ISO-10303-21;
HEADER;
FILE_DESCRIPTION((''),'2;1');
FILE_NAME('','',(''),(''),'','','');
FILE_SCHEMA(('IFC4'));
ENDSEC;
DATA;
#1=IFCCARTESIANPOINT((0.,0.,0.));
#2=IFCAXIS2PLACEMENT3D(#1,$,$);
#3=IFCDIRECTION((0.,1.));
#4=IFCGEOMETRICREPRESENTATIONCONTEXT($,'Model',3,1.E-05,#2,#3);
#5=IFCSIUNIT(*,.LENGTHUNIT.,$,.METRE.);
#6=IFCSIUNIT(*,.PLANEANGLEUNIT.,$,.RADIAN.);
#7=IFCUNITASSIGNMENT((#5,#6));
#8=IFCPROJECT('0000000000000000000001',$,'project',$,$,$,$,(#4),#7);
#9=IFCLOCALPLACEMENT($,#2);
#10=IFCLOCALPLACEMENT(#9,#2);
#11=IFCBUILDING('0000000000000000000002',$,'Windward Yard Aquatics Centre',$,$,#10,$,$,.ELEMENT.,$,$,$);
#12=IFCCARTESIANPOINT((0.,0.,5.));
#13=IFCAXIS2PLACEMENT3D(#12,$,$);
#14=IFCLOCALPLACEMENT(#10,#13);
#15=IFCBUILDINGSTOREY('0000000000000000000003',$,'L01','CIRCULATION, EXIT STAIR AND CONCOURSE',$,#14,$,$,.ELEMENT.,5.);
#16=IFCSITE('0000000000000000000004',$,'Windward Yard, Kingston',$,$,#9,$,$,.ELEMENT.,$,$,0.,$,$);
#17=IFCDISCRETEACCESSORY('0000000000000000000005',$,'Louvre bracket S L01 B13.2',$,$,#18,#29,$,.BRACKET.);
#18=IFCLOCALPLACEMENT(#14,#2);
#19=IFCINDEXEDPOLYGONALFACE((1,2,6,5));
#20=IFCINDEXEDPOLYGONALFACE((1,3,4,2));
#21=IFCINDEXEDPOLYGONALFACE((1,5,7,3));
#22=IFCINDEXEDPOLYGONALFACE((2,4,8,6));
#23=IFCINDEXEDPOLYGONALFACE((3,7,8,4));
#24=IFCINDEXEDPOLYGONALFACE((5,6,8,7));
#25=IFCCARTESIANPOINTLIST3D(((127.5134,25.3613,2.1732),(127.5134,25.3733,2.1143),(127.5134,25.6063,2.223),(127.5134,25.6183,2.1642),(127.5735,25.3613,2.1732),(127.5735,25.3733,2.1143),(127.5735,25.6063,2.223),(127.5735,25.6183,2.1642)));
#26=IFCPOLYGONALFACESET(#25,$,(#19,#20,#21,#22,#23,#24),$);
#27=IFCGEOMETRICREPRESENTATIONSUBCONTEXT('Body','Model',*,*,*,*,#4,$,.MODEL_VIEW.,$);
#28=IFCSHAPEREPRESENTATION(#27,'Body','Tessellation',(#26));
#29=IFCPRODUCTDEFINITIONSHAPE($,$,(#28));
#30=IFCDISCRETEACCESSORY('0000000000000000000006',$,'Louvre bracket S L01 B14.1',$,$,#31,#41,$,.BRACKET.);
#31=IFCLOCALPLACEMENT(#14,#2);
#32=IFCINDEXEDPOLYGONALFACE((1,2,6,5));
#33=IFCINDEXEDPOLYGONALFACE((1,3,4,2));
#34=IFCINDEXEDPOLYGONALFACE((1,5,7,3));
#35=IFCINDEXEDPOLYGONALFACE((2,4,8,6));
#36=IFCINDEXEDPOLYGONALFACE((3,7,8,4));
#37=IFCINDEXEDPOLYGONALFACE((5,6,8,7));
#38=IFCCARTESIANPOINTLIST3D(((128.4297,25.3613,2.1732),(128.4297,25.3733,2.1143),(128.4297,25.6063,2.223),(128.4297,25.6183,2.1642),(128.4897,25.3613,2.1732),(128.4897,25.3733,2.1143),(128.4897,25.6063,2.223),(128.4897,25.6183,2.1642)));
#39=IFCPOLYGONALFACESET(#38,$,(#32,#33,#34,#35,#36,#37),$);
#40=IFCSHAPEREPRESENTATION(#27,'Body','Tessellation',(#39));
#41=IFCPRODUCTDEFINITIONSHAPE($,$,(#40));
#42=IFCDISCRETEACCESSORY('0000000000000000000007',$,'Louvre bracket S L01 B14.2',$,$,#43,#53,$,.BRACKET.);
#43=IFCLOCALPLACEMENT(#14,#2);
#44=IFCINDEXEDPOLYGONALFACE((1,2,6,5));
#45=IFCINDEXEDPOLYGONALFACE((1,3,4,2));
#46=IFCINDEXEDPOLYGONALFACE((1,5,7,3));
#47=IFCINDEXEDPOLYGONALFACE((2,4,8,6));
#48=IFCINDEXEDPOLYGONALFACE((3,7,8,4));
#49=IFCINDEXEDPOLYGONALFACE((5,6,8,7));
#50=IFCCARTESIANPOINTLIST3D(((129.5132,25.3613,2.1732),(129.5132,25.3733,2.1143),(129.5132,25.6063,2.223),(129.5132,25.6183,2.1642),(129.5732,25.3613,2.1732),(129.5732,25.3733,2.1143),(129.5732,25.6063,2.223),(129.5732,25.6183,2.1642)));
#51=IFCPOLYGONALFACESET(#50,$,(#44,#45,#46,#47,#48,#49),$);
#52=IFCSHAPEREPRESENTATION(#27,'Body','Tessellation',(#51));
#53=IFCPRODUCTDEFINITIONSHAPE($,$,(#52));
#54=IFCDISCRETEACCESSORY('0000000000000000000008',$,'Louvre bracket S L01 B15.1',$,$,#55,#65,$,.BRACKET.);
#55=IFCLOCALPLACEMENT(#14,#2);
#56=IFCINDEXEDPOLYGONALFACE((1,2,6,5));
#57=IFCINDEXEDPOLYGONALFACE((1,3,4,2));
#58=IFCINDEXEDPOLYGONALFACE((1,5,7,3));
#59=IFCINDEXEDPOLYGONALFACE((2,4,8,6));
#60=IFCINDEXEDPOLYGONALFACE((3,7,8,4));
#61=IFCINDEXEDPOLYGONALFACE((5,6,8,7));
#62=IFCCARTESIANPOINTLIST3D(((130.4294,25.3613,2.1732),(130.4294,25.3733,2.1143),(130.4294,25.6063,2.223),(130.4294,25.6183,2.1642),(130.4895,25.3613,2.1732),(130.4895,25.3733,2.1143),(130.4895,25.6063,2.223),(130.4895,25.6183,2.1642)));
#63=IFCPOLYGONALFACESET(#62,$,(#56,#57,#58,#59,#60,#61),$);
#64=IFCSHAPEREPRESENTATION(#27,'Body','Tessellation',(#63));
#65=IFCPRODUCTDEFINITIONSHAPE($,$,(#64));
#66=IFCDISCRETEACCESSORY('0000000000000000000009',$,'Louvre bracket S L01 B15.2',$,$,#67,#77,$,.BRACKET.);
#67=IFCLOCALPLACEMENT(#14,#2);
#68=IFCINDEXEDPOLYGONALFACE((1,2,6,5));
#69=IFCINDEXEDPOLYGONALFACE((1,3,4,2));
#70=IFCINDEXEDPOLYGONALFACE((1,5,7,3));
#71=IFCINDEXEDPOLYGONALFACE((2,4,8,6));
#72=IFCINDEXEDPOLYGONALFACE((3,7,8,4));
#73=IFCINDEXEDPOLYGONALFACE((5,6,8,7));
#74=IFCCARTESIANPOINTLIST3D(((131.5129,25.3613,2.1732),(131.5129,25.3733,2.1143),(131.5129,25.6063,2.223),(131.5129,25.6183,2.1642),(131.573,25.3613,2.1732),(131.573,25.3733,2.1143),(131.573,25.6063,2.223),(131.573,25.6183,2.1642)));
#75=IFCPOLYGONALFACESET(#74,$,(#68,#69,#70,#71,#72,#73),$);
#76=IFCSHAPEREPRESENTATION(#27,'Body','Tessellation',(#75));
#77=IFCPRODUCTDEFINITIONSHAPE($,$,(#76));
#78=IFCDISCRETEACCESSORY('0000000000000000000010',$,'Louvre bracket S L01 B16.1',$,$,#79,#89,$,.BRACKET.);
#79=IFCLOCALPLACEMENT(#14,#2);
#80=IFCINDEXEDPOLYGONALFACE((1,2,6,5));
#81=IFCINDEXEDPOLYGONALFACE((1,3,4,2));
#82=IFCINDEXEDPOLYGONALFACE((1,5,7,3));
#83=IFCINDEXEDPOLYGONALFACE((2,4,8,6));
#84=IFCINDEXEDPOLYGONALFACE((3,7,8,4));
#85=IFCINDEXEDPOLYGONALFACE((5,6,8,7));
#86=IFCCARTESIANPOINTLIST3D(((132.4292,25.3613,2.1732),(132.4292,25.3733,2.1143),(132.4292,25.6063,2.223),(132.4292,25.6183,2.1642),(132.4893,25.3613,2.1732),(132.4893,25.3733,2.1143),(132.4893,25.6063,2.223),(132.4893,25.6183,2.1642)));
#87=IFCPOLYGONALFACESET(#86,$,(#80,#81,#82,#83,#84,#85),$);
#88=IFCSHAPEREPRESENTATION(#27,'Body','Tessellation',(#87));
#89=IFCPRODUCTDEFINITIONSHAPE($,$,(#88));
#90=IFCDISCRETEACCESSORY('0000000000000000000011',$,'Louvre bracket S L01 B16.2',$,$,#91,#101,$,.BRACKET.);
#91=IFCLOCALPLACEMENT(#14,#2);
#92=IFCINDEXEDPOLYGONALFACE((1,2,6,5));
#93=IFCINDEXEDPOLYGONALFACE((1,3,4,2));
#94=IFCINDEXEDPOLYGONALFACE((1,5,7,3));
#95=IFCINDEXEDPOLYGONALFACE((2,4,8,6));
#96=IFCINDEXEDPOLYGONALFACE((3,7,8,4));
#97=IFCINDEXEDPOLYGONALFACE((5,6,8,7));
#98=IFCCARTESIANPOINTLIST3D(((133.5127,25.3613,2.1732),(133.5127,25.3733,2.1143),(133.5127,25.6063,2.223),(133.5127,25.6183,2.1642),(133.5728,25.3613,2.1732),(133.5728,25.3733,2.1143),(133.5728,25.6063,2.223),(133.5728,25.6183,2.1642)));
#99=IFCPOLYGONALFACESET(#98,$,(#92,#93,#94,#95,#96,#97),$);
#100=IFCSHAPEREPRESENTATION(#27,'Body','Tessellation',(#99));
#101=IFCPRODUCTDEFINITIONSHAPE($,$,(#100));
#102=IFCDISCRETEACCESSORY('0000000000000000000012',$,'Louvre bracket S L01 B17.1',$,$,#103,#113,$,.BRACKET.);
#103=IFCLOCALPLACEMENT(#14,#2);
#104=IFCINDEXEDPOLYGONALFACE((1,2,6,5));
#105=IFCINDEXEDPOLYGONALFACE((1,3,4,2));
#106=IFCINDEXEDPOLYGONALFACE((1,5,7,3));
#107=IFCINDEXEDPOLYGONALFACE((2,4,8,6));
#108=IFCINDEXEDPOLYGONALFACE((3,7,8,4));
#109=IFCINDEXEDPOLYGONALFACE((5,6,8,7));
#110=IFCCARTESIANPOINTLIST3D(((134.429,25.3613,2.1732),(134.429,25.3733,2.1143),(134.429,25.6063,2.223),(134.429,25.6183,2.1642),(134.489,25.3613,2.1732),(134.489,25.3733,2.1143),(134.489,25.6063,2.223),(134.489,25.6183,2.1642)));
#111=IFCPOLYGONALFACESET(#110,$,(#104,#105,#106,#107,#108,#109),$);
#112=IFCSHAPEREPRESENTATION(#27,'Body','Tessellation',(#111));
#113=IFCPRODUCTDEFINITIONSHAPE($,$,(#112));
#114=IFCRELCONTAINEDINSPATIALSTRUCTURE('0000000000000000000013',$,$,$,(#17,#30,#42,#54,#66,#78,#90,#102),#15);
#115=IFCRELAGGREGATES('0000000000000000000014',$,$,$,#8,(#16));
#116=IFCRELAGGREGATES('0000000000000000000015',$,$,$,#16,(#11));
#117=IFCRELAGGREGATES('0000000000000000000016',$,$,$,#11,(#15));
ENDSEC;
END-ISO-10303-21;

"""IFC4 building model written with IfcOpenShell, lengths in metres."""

from ifc_helpers import new_model, si_unit, direction, frame, origin, origin_2d, place, context, subcontext, project, spatial, rectangle, extrude, element, save


model = new_model("IFC4")

# Units and contexts
model_context = context("Model", 3, precision=1e-05, world=origin(), true_north=direction((0.0, 1.0)))
body_context = subcontext(model_context, "Body", "Model", "MODEL_VIEW")
ifc_project = project(units=[si_unit("LENGTHUNIT", "METRE"), si_unit("PLANEANGLEUNIT", "RADIAN")], contexts=[model_context])

# Site, building, storey
site_placement = place(None, origin())
site = spatial("IfcSite", under=ifc_project, at=site_placement, Name="Windward Yard, Kingston", CompositionType="ELEMENT", RefElevation=0.0)
building_placement = place(site_placement, origin())
building = spatial("IfcBuilding", under=site, at=building_placement, Name="Windward Yard Aquatics Centre", CompositionType="ELEMENT")
storey_placement = place(building_placement, frame((0.0, 0.0, 5.0)))
storey = spatial("IfcBuildingStorey", under=building, at=storey_placement, Name="L01", Description="CIRCULATION, EXIT STAIR AND CONCOURSE", CompositionType="ELEMENT", Elevation=5.0)

# Discrete accessories
for number, where, z_axis, x_axis, name in (
    (1, (127.5435, 25.6123, 2.1936), (0.0, -0.979937, -0.199309), (1.0, 0.0, 0.0), "Louvre bracket S L01 B13.2"),
    (2, (128.4597, 25.6123, 2.1936), (0.0, -0.979937, -0.199309), (1.0, 0.0, 0.0), "Louvre bracket S L01 B14.1"),
    (3, (129.5432, 25.6123, 2.1936), (0.0, -0.979937, -0.199309), (1.0, 0.0, 0.0), "Louvre bracket S L01 B14.2"),
    (4, (130.4595, 25.6123, 2.1936), (0.0, -0.979937, -0.199309), (1.0, 0.0, 0.0), "Louvre bracket S L01 B15.1"),
    (5, (131.543, 25.6123, 2.1936), (0.0, -0.979937, -0.199309), (1.0, 0.0, 0.0), "Louvre bracket S L01 B15.2"),
    (6, (132.4592, 25.6123, 2.1936), (0.0, -0.979937, -0.199309), (1.0, 0.0, 0.0), "Louvre bracket S L01 B16.1"),
    (7, (133.5427, 25.6123, 2.1936), (0.0, -0.979937, -0.199309), (1.0, 0.0, 0.0), "Louvre bracket S L01 B16.2"),
    (8, (134.459, 25.6123, 2.1936), (0.0, -0.979937, -0.199309), (1.0, 0.0, 0.0), "Louvre bracket S L01 B17.1"),
):
    element("IfcDiscreteAccessory", number, at=place(storey_placement, frame(where, z_axis=z_axis, x_axis=x_axis)), inside=storey, Name=name, PredefinedType="BRACKET", context=body_context, shape_type="SweptSolid", body=[
        extrude(rectangle(XDim=0.0601, YDim=0.0601, at=origin_2d()), origin(), (0.0, 0.0, 1.0), 0.25),
    ])

save(model, "model.ifc")
